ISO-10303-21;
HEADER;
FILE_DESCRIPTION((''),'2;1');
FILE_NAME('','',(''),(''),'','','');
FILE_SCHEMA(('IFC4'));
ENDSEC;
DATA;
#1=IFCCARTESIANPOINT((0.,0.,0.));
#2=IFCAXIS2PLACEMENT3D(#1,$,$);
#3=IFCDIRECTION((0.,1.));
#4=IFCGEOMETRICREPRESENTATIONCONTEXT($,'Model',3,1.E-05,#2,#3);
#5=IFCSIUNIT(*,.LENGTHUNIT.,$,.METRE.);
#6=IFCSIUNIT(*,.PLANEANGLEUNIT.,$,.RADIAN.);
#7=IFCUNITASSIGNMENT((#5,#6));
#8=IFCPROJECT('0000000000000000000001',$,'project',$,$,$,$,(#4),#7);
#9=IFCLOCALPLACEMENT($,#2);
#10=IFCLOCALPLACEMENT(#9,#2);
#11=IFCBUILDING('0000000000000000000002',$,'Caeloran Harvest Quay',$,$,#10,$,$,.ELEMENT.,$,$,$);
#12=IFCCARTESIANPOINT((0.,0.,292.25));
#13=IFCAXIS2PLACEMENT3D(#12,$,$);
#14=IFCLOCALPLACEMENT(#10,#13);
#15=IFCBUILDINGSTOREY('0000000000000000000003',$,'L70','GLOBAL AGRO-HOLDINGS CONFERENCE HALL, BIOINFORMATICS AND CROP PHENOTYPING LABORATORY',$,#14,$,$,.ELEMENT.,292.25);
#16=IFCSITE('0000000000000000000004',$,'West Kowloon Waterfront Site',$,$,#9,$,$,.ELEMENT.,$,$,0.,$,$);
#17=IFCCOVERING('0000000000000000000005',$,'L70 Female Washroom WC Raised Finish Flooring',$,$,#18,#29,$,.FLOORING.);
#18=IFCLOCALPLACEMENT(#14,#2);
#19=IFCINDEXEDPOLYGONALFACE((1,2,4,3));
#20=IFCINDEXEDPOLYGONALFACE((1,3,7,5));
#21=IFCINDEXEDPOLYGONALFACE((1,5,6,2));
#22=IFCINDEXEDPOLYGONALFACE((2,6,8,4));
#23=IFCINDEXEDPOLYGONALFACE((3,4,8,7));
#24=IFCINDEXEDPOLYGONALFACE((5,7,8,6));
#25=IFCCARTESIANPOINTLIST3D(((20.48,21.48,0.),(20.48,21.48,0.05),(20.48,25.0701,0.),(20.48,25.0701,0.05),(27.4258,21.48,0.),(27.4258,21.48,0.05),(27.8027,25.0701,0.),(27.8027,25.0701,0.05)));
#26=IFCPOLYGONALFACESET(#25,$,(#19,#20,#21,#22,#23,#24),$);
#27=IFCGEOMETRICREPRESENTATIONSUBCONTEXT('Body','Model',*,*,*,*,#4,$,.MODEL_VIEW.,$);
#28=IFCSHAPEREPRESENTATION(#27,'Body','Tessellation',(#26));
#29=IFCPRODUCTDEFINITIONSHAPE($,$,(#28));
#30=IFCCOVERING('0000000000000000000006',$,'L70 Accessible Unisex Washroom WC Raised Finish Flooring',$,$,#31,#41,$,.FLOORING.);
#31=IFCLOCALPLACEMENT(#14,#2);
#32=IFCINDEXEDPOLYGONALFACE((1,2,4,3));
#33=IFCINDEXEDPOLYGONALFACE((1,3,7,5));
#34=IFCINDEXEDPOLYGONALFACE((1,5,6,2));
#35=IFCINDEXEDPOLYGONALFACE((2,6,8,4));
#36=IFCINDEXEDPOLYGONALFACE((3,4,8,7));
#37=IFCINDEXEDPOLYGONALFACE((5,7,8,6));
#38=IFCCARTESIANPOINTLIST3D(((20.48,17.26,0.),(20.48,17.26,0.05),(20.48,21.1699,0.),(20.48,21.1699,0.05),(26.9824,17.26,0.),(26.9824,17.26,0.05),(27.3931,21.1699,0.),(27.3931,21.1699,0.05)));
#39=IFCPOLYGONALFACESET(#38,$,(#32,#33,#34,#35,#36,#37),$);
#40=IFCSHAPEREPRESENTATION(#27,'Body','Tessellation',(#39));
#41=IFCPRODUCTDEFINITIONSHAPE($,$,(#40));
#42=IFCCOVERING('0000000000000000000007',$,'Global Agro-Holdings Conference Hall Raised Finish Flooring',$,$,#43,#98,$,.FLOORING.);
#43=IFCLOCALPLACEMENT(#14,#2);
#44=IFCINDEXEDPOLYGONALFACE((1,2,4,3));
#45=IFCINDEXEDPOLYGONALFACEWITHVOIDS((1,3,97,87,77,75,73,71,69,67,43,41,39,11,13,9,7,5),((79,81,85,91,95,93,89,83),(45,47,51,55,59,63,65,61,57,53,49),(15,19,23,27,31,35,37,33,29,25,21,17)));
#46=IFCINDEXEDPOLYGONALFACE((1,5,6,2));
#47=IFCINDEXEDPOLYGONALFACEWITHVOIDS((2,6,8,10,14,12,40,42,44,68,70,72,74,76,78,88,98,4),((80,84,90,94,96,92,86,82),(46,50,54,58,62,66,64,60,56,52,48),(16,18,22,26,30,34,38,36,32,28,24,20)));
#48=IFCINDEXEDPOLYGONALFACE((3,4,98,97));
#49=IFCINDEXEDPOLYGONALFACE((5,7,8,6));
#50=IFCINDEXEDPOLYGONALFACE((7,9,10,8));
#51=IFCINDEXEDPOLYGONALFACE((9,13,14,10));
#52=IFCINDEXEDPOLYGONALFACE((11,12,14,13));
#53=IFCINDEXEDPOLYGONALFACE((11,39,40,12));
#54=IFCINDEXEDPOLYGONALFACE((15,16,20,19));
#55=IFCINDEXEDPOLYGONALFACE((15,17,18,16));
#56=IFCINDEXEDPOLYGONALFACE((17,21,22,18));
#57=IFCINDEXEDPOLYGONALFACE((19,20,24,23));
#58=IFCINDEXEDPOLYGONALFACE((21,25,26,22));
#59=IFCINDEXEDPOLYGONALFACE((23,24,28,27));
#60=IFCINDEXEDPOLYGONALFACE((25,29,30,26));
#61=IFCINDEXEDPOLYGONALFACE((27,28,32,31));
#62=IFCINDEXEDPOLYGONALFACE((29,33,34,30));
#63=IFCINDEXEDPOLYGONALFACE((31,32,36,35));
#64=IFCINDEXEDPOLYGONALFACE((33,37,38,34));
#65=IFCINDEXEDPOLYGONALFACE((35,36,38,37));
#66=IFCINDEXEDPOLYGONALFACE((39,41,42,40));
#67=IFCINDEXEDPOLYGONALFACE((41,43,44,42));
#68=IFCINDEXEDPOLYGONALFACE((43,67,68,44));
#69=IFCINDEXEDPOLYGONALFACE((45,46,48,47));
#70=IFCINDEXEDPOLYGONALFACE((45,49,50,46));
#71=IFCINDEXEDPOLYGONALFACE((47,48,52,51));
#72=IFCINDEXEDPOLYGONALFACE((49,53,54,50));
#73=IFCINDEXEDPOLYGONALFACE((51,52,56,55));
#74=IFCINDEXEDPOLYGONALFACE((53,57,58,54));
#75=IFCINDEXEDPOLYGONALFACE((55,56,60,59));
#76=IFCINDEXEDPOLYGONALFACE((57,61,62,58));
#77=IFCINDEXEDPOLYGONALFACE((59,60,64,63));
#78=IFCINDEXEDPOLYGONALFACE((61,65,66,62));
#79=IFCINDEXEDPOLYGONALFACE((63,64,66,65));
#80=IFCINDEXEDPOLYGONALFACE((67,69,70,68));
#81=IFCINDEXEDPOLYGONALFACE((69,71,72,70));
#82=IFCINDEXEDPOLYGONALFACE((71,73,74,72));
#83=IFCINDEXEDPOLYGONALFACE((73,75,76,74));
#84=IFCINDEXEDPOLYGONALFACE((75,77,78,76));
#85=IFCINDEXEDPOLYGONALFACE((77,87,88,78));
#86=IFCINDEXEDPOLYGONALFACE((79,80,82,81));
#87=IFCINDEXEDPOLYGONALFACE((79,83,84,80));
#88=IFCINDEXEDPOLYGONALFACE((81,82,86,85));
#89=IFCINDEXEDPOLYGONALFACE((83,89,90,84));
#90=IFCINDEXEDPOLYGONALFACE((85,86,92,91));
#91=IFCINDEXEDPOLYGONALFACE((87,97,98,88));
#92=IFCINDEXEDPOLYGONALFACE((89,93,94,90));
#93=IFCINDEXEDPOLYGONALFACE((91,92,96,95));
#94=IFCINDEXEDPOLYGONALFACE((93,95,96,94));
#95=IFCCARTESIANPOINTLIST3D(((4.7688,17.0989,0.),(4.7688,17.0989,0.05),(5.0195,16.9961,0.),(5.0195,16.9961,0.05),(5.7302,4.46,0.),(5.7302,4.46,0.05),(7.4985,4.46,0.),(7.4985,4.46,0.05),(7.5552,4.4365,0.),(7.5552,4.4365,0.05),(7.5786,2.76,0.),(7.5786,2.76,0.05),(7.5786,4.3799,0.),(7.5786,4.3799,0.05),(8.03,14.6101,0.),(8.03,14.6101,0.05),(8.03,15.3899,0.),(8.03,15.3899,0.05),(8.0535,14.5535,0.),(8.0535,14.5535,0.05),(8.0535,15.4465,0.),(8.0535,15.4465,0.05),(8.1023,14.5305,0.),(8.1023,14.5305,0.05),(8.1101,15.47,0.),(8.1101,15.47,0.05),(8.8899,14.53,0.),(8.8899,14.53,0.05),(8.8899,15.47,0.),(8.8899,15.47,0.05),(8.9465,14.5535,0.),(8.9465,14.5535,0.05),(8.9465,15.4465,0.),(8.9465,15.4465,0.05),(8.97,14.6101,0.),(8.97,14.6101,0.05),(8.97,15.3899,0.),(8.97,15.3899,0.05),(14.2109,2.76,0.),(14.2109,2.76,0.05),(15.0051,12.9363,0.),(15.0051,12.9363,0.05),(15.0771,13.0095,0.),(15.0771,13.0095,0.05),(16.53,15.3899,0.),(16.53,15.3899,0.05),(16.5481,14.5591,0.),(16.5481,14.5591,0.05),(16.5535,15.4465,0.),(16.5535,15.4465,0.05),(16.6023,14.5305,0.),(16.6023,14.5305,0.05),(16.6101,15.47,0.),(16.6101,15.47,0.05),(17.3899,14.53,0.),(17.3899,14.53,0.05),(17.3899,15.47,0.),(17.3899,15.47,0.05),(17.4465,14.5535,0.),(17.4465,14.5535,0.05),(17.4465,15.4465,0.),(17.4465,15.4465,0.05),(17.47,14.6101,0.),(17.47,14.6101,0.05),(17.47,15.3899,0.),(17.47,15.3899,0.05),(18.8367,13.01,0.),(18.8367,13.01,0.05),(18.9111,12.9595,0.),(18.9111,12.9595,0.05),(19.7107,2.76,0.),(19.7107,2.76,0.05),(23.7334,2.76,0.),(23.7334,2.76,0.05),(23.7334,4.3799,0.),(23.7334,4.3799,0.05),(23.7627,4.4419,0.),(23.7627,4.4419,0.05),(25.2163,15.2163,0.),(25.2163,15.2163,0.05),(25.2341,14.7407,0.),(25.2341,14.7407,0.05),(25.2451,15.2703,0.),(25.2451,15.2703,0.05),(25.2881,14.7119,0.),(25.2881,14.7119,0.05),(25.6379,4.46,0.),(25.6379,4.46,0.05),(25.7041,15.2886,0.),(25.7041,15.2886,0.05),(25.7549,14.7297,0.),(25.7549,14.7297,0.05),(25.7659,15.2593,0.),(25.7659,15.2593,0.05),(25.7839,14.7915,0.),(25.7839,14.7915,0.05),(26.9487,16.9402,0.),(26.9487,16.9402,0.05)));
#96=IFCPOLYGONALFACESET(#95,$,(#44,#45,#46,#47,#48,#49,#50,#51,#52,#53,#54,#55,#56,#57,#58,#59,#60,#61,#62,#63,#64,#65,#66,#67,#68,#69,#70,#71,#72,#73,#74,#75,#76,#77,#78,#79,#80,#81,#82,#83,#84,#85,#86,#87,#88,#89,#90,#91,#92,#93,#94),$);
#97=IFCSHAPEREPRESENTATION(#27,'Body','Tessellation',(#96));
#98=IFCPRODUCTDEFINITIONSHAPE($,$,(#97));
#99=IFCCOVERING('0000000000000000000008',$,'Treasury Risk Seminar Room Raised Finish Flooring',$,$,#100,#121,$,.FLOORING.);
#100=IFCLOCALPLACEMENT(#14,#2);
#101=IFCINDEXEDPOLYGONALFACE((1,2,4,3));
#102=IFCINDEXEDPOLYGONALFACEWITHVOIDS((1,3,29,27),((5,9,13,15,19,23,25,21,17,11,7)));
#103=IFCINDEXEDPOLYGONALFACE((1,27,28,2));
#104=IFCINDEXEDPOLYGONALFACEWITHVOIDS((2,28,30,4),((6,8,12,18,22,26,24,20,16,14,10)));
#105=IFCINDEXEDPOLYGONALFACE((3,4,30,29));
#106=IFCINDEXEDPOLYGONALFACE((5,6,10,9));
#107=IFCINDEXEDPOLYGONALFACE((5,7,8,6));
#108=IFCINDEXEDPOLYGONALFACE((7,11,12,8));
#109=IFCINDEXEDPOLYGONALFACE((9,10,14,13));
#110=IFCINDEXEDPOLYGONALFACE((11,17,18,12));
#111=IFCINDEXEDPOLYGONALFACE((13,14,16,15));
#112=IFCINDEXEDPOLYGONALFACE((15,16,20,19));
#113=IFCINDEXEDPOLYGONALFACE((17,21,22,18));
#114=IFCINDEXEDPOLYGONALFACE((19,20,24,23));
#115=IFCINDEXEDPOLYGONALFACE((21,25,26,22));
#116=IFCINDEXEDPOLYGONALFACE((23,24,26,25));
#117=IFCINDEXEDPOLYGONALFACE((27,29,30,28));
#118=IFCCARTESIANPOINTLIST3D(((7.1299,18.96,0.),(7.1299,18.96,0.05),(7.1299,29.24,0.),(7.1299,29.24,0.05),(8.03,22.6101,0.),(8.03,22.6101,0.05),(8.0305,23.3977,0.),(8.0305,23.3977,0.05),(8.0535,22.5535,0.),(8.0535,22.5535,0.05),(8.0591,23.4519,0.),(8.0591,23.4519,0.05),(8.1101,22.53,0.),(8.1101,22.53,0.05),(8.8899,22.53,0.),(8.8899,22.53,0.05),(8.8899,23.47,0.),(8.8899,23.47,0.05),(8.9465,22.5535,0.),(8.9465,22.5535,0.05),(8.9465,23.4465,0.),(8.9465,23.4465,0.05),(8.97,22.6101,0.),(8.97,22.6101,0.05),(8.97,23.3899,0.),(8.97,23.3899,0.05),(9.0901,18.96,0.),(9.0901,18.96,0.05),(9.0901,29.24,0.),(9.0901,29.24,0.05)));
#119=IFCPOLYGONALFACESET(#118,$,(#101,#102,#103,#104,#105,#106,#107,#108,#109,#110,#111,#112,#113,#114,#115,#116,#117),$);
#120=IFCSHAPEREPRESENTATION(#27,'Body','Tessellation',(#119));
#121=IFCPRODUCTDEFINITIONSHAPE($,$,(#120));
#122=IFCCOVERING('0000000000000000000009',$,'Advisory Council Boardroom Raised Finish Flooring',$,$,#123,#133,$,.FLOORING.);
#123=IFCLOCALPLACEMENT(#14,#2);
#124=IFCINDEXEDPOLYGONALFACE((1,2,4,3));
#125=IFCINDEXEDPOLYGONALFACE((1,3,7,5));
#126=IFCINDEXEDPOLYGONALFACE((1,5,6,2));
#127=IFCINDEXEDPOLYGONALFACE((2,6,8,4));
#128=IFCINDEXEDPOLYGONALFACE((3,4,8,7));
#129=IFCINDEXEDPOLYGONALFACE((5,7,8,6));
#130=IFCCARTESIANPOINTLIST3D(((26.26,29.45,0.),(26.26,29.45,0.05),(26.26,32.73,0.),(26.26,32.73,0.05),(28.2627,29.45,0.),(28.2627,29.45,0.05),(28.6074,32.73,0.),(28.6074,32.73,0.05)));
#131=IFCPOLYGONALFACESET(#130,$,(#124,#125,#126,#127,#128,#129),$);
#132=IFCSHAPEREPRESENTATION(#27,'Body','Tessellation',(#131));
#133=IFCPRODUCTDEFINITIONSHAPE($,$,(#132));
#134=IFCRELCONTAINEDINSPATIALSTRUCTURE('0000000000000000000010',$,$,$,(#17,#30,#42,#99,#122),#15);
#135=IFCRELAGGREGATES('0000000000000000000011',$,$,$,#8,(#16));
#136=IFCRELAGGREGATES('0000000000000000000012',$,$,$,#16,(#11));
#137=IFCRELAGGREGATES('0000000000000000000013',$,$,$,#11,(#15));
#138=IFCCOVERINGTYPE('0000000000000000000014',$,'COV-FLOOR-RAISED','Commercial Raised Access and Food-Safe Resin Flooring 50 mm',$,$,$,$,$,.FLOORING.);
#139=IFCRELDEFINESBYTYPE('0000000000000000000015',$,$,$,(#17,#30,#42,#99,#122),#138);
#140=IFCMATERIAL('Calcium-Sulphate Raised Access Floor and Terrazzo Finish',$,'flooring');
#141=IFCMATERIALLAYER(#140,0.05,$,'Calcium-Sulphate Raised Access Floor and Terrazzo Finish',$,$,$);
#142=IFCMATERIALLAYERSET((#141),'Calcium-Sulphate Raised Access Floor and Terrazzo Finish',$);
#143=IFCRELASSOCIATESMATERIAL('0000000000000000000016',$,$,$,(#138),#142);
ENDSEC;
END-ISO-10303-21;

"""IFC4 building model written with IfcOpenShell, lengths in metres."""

from ifc_helpers import new_model, si_unit, direction, frame, origin, place, context, subcontext, project, spatial, polyline, outline, extrude, material, layer, layer_set, type_object, element, save


model = new_model("IFC4")

# Units and contexts
model_context = context("Model", 3, precision=1e-05, world=origin(), true_north=direction((0.0, 1.0)))
body_context = subcontext(model_context, "Body", "Model", "MODEL_VIEW")
ifc_project = project(units=[si_unit("LENGTHUNIT", "METRE"), si_unit("PLANEANGLEUNIT", "RADIAN")], contexts=[model_context])

# Site, building, storey
site_placement = place(None, origin())
site = spatial("IfcSite", under=ifc_project, at=site_placement, Name="West Kowloon Waterfront Site", CompositionType="ELEMENT", RefElevation=0.0)
building_placement = place(site_placement, origin())
building = spatial("IfcBuilding", under=site, at=building_placement, Name="Caeloran Harvest Quay", CompositionType="ELEMENT")
storey_placement = place(building_placement, frame((0.0, 0.0, 292.25)))
storey = spatial("IfcBuildingStorey", under=building, at=storey_placement, Name="L70", Description="GLOBAL AGRO-HOLDINGS CONFERENCE HALL, BIOINFORMATICS AND CROP PHENOTYPING LABORATORY", CompositionType="ELEMENT", Elevation=292.25)

# Coverings
ifc_material_1 = material(Name="Calcium-Sulphate Raised Access Floor and Terrazzo Finish", Category="flooring")
ifc_layer_1 = layer(ifc_material_1, 0.05, Name="Calcium-Sulphate Raised Access Floor and Terrazzo Finish")
ifc_layer_set_1 = layer_set([ifc_layer_1], Name="Calcium-Sulphate Raised Access Floor and Terrazzo Finish")
covering_type_1 = type_object("IfcCoveringType", Name="COV-FLOOR-RAISED", Description="Commercial Raised Access and Food-Safe Resin Flooring 50 mm", PredefinedType="FLOORING", material=ifc_layer_set_1)
covering_1_placement = place(storey_placement, origin())
element("IfcCovering", 1, at=covering_1_placement, inside=storey, type_object=covering_type_1, Name="L70 Female Washroom WC Raised Finish Flooring", PredefinedType="FLOORING", context=body_context, shape_type="SweptSolid", body=[
    extrude(outline(polyline([(27.8027, 25.0701), (27.4258, 21.48), (20.48, 21.48), (20.48, 25.0701), (27.8027, 25.0701)])), origin(), (0.0, 0.0, 1.0), 0.05),
])
covering_2_placement = place(storey_placement, origin())
element("IfcCovering", 2, at=covering_2_placement, inside=storey, type_object=covering_type_1, Name="L70 Accessible Unisex Washroom WC Raised Finish Flooring", PredefinedType="FLOORING", context=body_context, shape_type="SweptSolid", body=[
    extrude(outline(polyline([(27.3931, 21.1699), (26.9824, 17.26), (20.48, 17.26), (20.48, 21.1699), (27.3931, 21.1699)])), origin(), (0.0, 0.0, 1.0), 0.05),
])
covering_3_placement = place(storey_placement, origin())
element("IfcCovering", 3, at=covering_3_placement, inside=storey, type_object=covering_type_1, Name="Global Agro-Holdings Conference Hall Raised Finish Flooring", PredefinedType="FLOORING", context=body_context, shape_type="SweptSolid", body=[
    extrude(outline(polyline([(5.0195, 16.9961), (26.9487, 16.9402), (25.6379, 4.46), (23.7627, 4.4419), (23.7334, 4.3799), (23.7334, 2.76), (19.7107, 2.76), (18.9111, 12.9595), (18.8367, 13.01), (15.0771, 13.0095), (15.0051, 12.9363), (14.2109, 2.76), (7.5786, 2.76), (7.5786, 4.3799), (7.5552, 4.4365), (7.4985, 4.46), (5.7302, 4.46), (4.7688, 17.0989), (5.0195, 16.9961)]), holes=[polyline([(25.2163, 15.2163), (25.2341, 14.7407), (25.2881, 14.7119), (25.7549, 14.7297), (25.7839, 14.7915), (25.7659, 15.2593), (25.7041, 15.2886), (25.2451, 15.2703), (25.2163, 15.2163)]), polyline([(16.53, 15.3899), (16.5481, 14.5591), (16.6023, 14.5305), (17.3899, 14.53), (17.4465, 14.5535), (17.47, 14.6101), (17.47, 15.3899), (17.4465, 15.4465), (17.3899, 15.47), (16.6101, 15.47), (16.5535, 15.4465), (16.53, 15.3899)]), polyline([(8.03, 14.6101), (8.0535, 14.5535), (8.1023, 14.5305), (8.8899, 14.53), (8.9465, 14.5535), (8.97, 14.6101), (8.97, 15.3899), (8.9465, 15.4465), (8.8899, 15.47), (8.1101, 15.47), (8.0535, 15.4465), (8.03, 15.3899), (8.03, 14.6101)])]), origin(), (0.0, 0.0, 1.0), 0.05),
])
covering_4_placement = place(storey_placement, origin())
element("IfcCovering", 4, at=covering_4_placement, inside=storey, type_object=covering_type_1, Name="Treasury Risk Seminar Room Raised Finish Flooring", PredefinedType="FLOORING", context=body_context, shape_type="SweptSolid", body=[
    extrude(outline(polyline([(9.0901, 18.96), (7.1299, 18.96), (7.1299, 29.24), (9.0901, 29.24), (9.0901, 18.96)]), holes=[polyline([(8.8899, 23.47), (8.0591, 23.4519), (8.0305, 23.3977), (8.03, 22.6101), (8.0535, 22.5535), (8.1101, 22.53), (8.8899, 22.53), (8.9465, 22.5535), (8.97, 22.6101), (8.97, 23.3899), (8.9465, 23.4465), (8.8899, 23.47)])]), origin(), (0.0, 0.0, 1.0), 0.05),
])
covering_5_placement = place(storey_placement, origin())
element("IfcCovering", 5, at=covering_5_placement, inside=storey, type_object=covering_type_1, Name="Advisory Council Boardroom Raised Finish Flooring", PredefinedType="FLOORING", context=body_context, shape_type="SweptSolid", body=[
    extrude(outline(polyline([(26.26, 32.73), (28.6074, 32.73), (28.2627, 29.45), (26.26, 29.45), (26.26, 32.73)])), origin(), (0.0, 0.0, 1.0), 0.05),
])

save(model, "model.ifc")
